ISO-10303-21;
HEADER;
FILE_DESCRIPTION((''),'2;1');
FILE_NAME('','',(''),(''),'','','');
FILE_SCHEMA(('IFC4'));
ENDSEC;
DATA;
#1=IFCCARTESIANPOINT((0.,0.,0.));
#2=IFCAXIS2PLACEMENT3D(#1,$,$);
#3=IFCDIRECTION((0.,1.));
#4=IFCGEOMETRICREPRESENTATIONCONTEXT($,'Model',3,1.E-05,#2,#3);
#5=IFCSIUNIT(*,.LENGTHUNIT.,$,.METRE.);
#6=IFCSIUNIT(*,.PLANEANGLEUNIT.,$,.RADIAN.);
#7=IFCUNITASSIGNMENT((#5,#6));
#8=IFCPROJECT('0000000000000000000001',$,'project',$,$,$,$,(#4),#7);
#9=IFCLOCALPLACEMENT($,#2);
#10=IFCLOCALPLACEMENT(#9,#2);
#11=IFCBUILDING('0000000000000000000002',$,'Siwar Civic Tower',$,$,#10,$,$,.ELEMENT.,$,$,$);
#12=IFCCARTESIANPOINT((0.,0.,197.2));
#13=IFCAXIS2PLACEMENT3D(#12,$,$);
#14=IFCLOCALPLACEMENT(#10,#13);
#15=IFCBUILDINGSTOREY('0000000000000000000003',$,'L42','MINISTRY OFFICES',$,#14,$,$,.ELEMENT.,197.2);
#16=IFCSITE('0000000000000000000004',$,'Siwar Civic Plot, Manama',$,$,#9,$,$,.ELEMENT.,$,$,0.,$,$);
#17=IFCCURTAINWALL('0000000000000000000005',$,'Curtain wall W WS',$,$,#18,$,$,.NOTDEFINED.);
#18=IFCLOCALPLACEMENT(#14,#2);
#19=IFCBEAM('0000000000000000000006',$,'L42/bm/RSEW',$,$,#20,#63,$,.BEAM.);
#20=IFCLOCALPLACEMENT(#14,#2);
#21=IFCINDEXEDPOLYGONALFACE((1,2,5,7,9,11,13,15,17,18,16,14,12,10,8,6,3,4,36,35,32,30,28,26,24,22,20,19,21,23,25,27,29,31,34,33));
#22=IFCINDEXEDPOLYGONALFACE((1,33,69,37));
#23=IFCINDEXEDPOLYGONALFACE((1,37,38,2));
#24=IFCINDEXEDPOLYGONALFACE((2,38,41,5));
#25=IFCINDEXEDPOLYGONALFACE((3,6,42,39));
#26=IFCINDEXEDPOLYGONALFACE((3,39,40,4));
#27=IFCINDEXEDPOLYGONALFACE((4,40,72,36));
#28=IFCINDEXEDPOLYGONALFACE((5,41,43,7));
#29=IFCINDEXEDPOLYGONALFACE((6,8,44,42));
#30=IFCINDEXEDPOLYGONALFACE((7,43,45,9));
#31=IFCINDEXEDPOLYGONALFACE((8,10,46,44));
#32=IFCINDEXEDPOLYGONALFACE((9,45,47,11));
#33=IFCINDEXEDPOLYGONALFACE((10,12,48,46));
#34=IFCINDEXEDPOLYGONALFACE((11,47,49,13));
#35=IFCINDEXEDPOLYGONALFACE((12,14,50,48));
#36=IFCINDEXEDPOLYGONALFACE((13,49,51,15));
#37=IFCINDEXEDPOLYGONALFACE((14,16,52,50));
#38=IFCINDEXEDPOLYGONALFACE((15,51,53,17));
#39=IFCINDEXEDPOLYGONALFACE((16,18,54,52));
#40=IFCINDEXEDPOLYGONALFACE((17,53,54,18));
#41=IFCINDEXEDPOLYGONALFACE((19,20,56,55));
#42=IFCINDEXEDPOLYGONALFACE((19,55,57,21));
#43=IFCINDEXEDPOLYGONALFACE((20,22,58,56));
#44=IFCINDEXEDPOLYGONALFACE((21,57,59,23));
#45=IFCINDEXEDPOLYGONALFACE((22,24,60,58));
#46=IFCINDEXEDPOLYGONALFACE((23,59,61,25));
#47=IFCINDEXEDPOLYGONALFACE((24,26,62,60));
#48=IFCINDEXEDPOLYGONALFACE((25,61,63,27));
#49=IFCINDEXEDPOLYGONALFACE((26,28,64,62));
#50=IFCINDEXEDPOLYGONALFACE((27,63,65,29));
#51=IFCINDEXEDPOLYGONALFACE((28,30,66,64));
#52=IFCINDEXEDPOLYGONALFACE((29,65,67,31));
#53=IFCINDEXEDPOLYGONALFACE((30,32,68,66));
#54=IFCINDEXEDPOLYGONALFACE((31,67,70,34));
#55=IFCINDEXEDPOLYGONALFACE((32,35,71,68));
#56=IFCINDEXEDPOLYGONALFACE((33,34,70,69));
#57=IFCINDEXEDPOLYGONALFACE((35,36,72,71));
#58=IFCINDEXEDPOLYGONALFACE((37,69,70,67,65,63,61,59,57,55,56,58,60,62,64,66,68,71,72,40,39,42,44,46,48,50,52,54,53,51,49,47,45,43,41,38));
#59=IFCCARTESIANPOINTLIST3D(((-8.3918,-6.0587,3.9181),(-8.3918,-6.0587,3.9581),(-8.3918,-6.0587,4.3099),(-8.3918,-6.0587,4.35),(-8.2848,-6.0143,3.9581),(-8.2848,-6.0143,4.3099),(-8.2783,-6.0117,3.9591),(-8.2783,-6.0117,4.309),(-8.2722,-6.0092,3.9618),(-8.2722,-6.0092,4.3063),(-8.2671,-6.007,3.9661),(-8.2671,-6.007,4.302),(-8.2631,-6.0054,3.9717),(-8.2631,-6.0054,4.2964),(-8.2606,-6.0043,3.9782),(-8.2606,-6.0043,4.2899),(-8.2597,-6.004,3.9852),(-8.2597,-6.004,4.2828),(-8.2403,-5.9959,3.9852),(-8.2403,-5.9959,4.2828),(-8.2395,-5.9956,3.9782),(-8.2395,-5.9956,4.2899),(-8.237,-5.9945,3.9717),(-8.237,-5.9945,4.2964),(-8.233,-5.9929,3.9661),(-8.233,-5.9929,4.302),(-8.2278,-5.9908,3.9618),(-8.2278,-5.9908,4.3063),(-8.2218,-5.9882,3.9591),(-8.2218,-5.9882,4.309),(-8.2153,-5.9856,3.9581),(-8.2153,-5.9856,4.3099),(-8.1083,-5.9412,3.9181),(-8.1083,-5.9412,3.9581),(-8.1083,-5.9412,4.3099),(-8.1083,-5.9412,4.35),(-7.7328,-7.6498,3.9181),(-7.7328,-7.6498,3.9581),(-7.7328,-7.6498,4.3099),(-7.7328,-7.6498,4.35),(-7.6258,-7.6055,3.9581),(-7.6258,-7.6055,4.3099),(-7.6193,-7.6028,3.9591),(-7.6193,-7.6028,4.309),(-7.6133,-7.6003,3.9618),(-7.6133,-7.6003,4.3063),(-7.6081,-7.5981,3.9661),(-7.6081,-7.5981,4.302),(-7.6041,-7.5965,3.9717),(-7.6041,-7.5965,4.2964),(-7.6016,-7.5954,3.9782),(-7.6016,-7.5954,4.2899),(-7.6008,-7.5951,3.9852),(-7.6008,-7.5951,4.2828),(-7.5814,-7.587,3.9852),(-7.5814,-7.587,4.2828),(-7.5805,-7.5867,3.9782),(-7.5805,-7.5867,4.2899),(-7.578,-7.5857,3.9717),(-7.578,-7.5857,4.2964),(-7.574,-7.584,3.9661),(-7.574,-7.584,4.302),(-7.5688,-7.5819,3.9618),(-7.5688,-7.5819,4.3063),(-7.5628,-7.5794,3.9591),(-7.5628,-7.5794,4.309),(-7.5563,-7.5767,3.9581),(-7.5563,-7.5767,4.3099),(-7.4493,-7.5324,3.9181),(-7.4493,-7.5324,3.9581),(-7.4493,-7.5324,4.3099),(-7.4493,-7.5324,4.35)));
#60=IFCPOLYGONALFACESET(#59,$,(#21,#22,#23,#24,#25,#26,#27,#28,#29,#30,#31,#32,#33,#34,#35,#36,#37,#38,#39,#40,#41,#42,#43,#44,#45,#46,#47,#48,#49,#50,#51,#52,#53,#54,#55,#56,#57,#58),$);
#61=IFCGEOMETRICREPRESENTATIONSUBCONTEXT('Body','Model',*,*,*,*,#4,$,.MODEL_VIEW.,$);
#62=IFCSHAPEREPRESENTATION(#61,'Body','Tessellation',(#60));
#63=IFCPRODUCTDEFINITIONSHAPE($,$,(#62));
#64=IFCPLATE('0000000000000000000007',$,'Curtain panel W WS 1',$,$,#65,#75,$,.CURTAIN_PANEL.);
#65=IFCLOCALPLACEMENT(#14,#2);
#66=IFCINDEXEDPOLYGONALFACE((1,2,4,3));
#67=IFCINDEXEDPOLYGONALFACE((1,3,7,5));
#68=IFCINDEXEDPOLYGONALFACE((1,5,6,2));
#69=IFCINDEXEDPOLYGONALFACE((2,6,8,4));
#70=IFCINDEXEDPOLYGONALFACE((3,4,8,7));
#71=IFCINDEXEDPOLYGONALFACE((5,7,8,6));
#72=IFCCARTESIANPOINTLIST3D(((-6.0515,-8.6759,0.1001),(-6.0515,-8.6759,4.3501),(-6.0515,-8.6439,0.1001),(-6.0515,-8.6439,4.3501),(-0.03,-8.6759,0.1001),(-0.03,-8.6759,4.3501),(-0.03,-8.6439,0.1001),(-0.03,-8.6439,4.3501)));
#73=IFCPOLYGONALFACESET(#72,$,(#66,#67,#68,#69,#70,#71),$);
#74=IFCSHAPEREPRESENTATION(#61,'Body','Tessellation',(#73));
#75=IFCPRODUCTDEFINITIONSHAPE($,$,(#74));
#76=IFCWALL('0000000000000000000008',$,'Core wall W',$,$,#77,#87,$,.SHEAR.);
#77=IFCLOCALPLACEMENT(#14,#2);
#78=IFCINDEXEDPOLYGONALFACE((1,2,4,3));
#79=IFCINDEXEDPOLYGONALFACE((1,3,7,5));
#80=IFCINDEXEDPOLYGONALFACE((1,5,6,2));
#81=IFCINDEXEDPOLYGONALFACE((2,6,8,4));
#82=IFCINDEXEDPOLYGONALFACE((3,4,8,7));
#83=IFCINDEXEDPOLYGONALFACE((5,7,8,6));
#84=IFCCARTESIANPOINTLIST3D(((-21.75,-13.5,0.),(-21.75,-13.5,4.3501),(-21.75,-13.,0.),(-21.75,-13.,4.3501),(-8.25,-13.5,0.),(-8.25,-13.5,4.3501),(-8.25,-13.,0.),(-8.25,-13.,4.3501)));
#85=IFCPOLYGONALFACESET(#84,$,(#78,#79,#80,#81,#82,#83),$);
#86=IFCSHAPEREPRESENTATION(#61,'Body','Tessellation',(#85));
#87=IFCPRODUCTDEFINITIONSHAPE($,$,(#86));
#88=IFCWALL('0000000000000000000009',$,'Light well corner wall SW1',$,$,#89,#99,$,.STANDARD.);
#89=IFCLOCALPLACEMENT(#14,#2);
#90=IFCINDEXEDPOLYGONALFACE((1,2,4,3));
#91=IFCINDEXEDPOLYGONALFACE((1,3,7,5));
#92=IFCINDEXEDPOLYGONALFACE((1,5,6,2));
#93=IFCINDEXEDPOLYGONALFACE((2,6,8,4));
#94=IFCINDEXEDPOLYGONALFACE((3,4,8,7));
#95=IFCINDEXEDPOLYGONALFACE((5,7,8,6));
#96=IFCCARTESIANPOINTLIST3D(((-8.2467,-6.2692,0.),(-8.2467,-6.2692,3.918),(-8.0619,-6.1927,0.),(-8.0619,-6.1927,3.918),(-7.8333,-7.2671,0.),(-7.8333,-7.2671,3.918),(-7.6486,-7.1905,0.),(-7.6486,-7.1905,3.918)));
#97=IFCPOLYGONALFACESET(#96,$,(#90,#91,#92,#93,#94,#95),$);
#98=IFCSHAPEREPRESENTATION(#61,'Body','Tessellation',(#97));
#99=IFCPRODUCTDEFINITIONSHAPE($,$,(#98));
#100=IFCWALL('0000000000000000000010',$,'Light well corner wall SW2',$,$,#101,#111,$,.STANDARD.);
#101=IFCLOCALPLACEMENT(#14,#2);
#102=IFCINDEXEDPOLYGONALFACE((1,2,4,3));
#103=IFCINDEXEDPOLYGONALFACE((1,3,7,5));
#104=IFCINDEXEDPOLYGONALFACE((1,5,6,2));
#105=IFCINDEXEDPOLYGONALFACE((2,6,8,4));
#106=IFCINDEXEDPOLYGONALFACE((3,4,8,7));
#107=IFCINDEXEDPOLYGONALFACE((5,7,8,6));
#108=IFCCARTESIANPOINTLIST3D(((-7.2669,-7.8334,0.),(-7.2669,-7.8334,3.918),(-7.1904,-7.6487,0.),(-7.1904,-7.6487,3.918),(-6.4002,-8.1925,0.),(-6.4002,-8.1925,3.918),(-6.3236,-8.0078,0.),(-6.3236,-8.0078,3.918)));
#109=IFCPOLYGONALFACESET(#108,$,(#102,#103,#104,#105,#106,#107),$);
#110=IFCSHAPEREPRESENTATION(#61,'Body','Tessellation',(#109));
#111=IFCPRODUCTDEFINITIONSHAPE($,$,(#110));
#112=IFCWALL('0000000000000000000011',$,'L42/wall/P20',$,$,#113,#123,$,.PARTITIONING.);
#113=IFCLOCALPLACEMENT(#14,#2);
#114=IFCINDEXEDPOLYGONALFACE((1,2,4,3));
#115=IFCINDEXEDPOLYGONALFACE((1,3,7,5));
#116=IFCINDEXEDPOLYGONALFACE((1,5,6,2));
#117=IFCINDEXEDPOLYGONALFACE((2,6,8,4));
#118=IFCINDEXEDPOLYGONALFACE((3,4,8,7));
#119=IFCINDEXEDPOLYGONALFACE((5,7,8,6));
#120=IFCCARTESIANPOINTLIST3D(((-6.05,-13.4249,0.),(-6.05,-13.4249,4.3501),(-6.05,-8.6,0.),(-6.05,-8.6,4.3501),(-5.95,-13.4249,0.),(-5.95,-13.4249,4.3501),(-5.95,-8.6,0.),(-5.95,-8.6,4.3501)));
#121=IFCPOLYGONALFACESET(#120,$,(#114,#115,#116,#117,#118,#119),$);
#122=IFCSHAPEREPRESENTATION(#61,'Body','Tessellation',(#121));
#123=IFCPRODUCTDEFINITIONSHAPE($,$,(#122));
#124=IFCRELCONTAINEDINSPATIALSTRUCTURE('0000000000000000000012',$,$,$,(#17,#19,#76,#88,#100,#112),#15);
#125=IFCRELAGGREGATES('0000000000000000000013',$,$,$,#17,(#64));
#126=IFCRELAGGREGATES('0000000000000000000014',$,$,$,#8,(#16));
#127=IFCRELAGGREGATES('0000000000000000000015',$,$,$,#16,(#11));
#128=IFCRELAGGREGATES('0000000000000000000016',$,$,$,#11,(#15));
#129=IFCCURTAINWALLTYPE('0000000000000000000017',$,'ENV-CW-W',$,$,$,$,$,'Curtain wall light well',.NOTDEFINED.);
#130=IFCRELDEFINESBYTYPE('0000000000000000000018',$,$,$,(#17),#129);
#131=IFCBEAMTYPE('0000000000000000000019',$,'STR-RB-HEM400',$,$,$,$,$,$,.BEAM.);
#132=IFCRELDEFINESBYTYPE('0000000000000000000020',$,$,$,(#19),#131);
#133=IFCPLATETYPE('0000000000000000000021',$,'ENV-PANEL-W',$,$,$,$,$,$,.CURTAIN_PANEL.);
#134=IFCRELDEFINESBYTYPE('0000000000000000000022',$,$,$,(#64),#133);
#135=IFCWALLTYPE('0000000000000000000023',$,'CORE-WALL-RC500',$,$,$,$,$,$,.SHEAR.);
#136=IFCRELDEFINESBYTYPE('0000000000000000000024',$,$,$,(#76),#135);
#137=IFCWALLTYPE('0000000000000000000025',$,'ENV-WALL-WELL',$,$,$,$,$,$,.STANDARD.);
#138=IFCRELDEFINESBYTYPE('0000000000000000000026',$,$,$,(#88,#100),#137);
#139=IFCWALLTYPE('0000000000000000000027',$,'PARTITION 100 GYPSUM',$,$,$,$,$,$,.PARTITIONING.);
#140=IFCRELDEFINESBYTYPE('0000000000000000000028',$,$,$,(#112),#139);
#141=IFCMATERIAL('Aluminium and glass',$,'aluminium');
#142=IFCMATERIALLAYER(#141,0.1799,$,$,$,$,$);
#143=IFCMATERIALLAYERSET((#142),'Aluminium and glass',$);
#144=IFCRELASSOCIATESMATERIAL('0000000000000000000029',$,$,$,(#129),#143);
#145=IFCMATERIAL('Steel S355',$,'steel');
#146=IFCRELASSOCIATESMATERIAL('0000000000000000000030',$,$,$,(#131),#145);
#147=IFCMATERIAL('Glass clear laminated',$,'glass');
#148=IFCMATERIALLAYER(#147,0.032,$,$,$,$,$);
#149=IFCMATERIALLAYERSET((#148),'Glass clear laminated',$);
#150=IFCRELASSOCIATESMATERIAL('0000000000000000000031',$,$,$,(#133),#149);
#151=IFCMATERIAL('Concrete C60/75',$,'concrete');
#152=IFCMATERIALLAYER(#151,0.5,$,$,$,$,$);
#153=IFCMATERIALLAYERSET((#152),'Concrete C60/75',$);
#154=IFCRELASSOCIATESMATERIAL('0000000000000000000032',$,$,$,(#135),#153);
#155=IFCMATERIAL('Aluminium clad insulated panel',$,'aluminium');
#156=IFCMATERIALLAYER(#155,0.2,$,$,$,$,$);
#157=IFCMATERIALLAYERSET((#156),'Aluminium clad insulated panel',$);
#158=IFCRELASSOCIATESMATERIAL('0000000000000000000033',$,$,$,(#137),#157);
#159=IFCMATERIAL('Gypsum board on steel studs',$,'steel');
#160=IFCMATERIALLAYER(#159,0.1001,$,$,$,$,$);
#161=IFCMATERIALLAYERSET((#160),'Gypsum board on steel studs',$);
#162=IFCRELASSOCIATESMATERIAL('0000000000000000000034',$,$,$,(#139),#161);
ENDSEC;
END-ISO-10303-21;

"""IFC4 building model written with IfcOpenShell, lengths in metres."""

from ifc_helpers import new_model, si_unit, direction, frame, frame_2d, origin, origin_2d, place, context, subcontext, project, spatial, rectangle, i_section, extrude, material, layer, layer_set, material_profile, profile_set, type_object, element, aggregate, save


model = new_model("IFC4")

# Units and contexts
model_context = context("Model", 3, precision=1e-05, world=origin(), true_north=direction((0.0, 1.0)))
body_context = subcontext(model_context, "Body", "Model", "MODEL_VIEW")
ifc_project = project(units=[si_unit("LENGTHUNIT", "METRE"), si_unit("PLANEANGLEUNIT", "RADIAN")], contexts=[model_context])

# Site, building, storey
site_placement = place(None, origin())
site = spatial("IfcSite", under=ifc_project, at=site_placement, Name="Siwar Civic Plot, Manama", CompositionType="ELEMENT", RefElevation=0.0)
building_placement = place(site_placement, origin())
building = spatial("IfcBuilding", under=site, at=building_placement, Name="Siwar Civic Tower", CompositionType="ELEMENT")
storey_placement = place(building_placement, frame((0.0, 0.0, 197.2)))
storey = spatial("IfcBuildingStorey", under=building, at=storey_placement, Name="L42", Description="MINISTRY OFFICES", CompositionType="ELEMENT", Elevation=197.2)

# Curtain wall
ifc_material_1 = material(Name="Aluminium and glass", Category="aluminium")
ifc_layer_1 = layer(ifc_material_1, 0.1799)
ifc_layer_set_1 = layer_set([ifc_layer_1], Name="Aluminium and glass")
curtain_wall_type = type_object("IfcCurtainWallType", Name="ENV-CW-W", ElementType="Curtain wall light well", PredefinedType="NOTDEFINED", material=ifc_layer_set_1)
curtain_wall_placement = place(storey_placement, origin())
curtain_wall = element("IfcCurtainWall", 1, at=curtain_wall_placement, inside=storey, type_object=curtain_wall_type, Name="Curtain wall W WS", PredefinedType="NOTDEFINED")

# Beam
ifc_material_2 = material(Name="Steel S355", Category="steel")
ifc_material_profile_1 = material_profile(ifc_material_2, i_section(OverallWidth=0.3069, OverallDepth=0.4319, WebThickness=0.021, FlangeThickness=0.04, FilletRadius=0.0271, at=origin_2d()), Name="HEM400")
ifc_profile_set_1 = profile_set([ifc_material_profile_1], Name="Steel S355")
beam_type = type_object("IfcBeamType", Name="STR-RB-HEM400", PredefinedType="BEAM", material=ifc_profile_set_1)
beam_1_placement = place(storey_placement, frame((-7.5911, -7.5911, 4.134), z_axis=(-0.382631, 0.923901, 0.0), x_axis=(-0.923901, -0.382631, 0.0)))
element("IfcBeam", 2, at=beam_1_placement, inside=storey, type_object=beam_type, Name="L42/bm/RSEW", PredefinedType="BEAM", context=body_context, shape_type="SweptSolid", body=[
    extrude(i_section(OverallWidth=0.3069, OverallDepth=0.4319, WebThickness=0.021, FlangeThickness=0.04, FilletRadius=0.0271, at=origin_2d()), origin(), (0.0, 0.0, 1.0), 1.7222),
])

# Plate
ifc_material_3 = material(Name="Glass clear laminated", Category="glass")
ifc_layer_2 = layer(ifc_material_3, 0.032)
ifc_layer_set_2 = layer_set([ifc_layer_2], Name="Glass clear laminated")
plate_type = type_object("IfcPlateType", Name="ENV-PANEL-W", PredefinedType="CURTAIN_PANEL", material=ifc_layer_set_2)
plate_placement = place(storey_placement, frame((-3.0408, -8.6599, 0.1001), z_axis=(0.0, 0.0, 1.0), x_axis=(1.0, 0.0, 0.0)))
plate = element("IfcPlate", 3, at=plate_placement, type_object=plate_type, Name="Curtain panel W WS 1", PredefinedType="CURTAIN_PANEL", context=body_context, shape_type="SweptSolid", body=[
    extrude(rectangle(XDim=6.0215, YDim=0.032, at=origin_2d()), origin(), (0.0, 0.0, 1.0), 4.25),
])
aggregate(curtain_wall, [plate])

# Walls
ifc_material_4 = material(Name="Concrete C60/75", Category="concrete")
ifc_layer_3 = layer(ifc_material_4, 0.5)
ifc_layer_set_3 = layer_set([ifc_layer_3], Name="Concrete C60/75")
wall_type_1 = type_object("IfcWallType", Name="CORE-WALL-RC500", PredefinedType="SHEAR", material=ifc_layer_set_3)
wall_1_placement = place(storey_placement, frame((-8.25, -13.25, 0.0), z_axis=(0.0, 0.0, 1.0), x_axis=(-1.0, 0.0, 0.0)))
element("IfcWall", 4, at=wall_1_placement, inside=storey, type_object=wall_type_1, Name="Core wall W", PredefinedType="SHEAR", context=body_context, shape_type="SweptSolid", body=[
    extrude(rectangle(XDim=13.5, YDim=0.5, at=frame_2d((6.75, 0.0))), origin(), (0.0, 0.0, 1.0), 4.3501),
])
ifc_material_5 = material(Name="Aluminium clad insulated panel", Category="aluminium")
ifc_layer_4 = layer(ifc_material_5, 0.2)
ifc_layer_set_4 = layer_set([ifc_layer_4], Name="Aluminium clad insulated panel")
wall_type_2 = type_object("IfcWallType", Name="ENV-WALL-WELL", PredefinedType="STANDARD", material=ifc_layer_set_4)
wall_2_placement = place(storey_placement, frame((-8.1543, -6.231, 0.0), z_axis=(0.0, 0.0, 1.0), x_axis=(0.382704, -0.923871, 0.0)))
element("IfcWall", 5, at=wall_2_placement, inside=storey, type_object=wall_type_2, Name="Light well corner wall SW1", PredefinedType="STANDARD", context=body_context, shape_type="SweptSolid", body=[
    extrude(rectangle(XDim=1.0801, YDim=0.2, at=frame_2d((0.54, 0.0))), origin(), (0.0, 0.0, 1.0), 3.918),
])
wall_3_placement = place(storey_placement, frame((-7.2288, -7.741, 0.0), z_axis=(0.0, 0.0, 1.0), x_axis=(0.92383, -0.382804, 0.0)))
element("IfcWall", 6, at=wall_3_placement, inside=storey, type_object=wall_type_2, Name="Light well corner wall SW2", PredefinedType="STANDARD", context=body_context, shape_type="SweptSolid", body=[
    extrude(rectangle(XDim=0.9382, YDim=0.2, at=frame_2d((0.4692, 0.0))), origin(), (0.0, 0.0, 1.0), 3.918),
])
ifc_material_6 = material(Name="Gypsum board on steel studs", Category="steel")
ifc_layer_5 = layer(ifc_material_6, 0.1001)
ifc_layer_set_5 = layer_set([ifc_layer_5], Name="Gypsum board on steel studs")
wall_type_3 = type_object("IfcWallType", Name="PARTITION 100 GYPSUM", PredefinedType="PARTITIONING", material=ifc_layer_set_5)
wall_4_placement = place(storey_placement, frame((-6.0, -13.425, 0.0), z_axis=(0.0, 0.0, 1.0), x_axis=(0.0, 1.0, 0.0)))
element("IfcWall", 7, at=wall_4_placement, inside=storey, type_object=wall_type_3, Name="L42/wall/P20", PredefinedType="PARTITIONING", context=body_context, shape_type="SweptSolid", body=[
    extrude(rectangle(XDim=4.825, YDim=0.1001, at=frame_2d((2.4126, 0.0))), origin(), (0.0, 0.0, 1.0), 4.3501),
])

save(model, "model.ifc")
